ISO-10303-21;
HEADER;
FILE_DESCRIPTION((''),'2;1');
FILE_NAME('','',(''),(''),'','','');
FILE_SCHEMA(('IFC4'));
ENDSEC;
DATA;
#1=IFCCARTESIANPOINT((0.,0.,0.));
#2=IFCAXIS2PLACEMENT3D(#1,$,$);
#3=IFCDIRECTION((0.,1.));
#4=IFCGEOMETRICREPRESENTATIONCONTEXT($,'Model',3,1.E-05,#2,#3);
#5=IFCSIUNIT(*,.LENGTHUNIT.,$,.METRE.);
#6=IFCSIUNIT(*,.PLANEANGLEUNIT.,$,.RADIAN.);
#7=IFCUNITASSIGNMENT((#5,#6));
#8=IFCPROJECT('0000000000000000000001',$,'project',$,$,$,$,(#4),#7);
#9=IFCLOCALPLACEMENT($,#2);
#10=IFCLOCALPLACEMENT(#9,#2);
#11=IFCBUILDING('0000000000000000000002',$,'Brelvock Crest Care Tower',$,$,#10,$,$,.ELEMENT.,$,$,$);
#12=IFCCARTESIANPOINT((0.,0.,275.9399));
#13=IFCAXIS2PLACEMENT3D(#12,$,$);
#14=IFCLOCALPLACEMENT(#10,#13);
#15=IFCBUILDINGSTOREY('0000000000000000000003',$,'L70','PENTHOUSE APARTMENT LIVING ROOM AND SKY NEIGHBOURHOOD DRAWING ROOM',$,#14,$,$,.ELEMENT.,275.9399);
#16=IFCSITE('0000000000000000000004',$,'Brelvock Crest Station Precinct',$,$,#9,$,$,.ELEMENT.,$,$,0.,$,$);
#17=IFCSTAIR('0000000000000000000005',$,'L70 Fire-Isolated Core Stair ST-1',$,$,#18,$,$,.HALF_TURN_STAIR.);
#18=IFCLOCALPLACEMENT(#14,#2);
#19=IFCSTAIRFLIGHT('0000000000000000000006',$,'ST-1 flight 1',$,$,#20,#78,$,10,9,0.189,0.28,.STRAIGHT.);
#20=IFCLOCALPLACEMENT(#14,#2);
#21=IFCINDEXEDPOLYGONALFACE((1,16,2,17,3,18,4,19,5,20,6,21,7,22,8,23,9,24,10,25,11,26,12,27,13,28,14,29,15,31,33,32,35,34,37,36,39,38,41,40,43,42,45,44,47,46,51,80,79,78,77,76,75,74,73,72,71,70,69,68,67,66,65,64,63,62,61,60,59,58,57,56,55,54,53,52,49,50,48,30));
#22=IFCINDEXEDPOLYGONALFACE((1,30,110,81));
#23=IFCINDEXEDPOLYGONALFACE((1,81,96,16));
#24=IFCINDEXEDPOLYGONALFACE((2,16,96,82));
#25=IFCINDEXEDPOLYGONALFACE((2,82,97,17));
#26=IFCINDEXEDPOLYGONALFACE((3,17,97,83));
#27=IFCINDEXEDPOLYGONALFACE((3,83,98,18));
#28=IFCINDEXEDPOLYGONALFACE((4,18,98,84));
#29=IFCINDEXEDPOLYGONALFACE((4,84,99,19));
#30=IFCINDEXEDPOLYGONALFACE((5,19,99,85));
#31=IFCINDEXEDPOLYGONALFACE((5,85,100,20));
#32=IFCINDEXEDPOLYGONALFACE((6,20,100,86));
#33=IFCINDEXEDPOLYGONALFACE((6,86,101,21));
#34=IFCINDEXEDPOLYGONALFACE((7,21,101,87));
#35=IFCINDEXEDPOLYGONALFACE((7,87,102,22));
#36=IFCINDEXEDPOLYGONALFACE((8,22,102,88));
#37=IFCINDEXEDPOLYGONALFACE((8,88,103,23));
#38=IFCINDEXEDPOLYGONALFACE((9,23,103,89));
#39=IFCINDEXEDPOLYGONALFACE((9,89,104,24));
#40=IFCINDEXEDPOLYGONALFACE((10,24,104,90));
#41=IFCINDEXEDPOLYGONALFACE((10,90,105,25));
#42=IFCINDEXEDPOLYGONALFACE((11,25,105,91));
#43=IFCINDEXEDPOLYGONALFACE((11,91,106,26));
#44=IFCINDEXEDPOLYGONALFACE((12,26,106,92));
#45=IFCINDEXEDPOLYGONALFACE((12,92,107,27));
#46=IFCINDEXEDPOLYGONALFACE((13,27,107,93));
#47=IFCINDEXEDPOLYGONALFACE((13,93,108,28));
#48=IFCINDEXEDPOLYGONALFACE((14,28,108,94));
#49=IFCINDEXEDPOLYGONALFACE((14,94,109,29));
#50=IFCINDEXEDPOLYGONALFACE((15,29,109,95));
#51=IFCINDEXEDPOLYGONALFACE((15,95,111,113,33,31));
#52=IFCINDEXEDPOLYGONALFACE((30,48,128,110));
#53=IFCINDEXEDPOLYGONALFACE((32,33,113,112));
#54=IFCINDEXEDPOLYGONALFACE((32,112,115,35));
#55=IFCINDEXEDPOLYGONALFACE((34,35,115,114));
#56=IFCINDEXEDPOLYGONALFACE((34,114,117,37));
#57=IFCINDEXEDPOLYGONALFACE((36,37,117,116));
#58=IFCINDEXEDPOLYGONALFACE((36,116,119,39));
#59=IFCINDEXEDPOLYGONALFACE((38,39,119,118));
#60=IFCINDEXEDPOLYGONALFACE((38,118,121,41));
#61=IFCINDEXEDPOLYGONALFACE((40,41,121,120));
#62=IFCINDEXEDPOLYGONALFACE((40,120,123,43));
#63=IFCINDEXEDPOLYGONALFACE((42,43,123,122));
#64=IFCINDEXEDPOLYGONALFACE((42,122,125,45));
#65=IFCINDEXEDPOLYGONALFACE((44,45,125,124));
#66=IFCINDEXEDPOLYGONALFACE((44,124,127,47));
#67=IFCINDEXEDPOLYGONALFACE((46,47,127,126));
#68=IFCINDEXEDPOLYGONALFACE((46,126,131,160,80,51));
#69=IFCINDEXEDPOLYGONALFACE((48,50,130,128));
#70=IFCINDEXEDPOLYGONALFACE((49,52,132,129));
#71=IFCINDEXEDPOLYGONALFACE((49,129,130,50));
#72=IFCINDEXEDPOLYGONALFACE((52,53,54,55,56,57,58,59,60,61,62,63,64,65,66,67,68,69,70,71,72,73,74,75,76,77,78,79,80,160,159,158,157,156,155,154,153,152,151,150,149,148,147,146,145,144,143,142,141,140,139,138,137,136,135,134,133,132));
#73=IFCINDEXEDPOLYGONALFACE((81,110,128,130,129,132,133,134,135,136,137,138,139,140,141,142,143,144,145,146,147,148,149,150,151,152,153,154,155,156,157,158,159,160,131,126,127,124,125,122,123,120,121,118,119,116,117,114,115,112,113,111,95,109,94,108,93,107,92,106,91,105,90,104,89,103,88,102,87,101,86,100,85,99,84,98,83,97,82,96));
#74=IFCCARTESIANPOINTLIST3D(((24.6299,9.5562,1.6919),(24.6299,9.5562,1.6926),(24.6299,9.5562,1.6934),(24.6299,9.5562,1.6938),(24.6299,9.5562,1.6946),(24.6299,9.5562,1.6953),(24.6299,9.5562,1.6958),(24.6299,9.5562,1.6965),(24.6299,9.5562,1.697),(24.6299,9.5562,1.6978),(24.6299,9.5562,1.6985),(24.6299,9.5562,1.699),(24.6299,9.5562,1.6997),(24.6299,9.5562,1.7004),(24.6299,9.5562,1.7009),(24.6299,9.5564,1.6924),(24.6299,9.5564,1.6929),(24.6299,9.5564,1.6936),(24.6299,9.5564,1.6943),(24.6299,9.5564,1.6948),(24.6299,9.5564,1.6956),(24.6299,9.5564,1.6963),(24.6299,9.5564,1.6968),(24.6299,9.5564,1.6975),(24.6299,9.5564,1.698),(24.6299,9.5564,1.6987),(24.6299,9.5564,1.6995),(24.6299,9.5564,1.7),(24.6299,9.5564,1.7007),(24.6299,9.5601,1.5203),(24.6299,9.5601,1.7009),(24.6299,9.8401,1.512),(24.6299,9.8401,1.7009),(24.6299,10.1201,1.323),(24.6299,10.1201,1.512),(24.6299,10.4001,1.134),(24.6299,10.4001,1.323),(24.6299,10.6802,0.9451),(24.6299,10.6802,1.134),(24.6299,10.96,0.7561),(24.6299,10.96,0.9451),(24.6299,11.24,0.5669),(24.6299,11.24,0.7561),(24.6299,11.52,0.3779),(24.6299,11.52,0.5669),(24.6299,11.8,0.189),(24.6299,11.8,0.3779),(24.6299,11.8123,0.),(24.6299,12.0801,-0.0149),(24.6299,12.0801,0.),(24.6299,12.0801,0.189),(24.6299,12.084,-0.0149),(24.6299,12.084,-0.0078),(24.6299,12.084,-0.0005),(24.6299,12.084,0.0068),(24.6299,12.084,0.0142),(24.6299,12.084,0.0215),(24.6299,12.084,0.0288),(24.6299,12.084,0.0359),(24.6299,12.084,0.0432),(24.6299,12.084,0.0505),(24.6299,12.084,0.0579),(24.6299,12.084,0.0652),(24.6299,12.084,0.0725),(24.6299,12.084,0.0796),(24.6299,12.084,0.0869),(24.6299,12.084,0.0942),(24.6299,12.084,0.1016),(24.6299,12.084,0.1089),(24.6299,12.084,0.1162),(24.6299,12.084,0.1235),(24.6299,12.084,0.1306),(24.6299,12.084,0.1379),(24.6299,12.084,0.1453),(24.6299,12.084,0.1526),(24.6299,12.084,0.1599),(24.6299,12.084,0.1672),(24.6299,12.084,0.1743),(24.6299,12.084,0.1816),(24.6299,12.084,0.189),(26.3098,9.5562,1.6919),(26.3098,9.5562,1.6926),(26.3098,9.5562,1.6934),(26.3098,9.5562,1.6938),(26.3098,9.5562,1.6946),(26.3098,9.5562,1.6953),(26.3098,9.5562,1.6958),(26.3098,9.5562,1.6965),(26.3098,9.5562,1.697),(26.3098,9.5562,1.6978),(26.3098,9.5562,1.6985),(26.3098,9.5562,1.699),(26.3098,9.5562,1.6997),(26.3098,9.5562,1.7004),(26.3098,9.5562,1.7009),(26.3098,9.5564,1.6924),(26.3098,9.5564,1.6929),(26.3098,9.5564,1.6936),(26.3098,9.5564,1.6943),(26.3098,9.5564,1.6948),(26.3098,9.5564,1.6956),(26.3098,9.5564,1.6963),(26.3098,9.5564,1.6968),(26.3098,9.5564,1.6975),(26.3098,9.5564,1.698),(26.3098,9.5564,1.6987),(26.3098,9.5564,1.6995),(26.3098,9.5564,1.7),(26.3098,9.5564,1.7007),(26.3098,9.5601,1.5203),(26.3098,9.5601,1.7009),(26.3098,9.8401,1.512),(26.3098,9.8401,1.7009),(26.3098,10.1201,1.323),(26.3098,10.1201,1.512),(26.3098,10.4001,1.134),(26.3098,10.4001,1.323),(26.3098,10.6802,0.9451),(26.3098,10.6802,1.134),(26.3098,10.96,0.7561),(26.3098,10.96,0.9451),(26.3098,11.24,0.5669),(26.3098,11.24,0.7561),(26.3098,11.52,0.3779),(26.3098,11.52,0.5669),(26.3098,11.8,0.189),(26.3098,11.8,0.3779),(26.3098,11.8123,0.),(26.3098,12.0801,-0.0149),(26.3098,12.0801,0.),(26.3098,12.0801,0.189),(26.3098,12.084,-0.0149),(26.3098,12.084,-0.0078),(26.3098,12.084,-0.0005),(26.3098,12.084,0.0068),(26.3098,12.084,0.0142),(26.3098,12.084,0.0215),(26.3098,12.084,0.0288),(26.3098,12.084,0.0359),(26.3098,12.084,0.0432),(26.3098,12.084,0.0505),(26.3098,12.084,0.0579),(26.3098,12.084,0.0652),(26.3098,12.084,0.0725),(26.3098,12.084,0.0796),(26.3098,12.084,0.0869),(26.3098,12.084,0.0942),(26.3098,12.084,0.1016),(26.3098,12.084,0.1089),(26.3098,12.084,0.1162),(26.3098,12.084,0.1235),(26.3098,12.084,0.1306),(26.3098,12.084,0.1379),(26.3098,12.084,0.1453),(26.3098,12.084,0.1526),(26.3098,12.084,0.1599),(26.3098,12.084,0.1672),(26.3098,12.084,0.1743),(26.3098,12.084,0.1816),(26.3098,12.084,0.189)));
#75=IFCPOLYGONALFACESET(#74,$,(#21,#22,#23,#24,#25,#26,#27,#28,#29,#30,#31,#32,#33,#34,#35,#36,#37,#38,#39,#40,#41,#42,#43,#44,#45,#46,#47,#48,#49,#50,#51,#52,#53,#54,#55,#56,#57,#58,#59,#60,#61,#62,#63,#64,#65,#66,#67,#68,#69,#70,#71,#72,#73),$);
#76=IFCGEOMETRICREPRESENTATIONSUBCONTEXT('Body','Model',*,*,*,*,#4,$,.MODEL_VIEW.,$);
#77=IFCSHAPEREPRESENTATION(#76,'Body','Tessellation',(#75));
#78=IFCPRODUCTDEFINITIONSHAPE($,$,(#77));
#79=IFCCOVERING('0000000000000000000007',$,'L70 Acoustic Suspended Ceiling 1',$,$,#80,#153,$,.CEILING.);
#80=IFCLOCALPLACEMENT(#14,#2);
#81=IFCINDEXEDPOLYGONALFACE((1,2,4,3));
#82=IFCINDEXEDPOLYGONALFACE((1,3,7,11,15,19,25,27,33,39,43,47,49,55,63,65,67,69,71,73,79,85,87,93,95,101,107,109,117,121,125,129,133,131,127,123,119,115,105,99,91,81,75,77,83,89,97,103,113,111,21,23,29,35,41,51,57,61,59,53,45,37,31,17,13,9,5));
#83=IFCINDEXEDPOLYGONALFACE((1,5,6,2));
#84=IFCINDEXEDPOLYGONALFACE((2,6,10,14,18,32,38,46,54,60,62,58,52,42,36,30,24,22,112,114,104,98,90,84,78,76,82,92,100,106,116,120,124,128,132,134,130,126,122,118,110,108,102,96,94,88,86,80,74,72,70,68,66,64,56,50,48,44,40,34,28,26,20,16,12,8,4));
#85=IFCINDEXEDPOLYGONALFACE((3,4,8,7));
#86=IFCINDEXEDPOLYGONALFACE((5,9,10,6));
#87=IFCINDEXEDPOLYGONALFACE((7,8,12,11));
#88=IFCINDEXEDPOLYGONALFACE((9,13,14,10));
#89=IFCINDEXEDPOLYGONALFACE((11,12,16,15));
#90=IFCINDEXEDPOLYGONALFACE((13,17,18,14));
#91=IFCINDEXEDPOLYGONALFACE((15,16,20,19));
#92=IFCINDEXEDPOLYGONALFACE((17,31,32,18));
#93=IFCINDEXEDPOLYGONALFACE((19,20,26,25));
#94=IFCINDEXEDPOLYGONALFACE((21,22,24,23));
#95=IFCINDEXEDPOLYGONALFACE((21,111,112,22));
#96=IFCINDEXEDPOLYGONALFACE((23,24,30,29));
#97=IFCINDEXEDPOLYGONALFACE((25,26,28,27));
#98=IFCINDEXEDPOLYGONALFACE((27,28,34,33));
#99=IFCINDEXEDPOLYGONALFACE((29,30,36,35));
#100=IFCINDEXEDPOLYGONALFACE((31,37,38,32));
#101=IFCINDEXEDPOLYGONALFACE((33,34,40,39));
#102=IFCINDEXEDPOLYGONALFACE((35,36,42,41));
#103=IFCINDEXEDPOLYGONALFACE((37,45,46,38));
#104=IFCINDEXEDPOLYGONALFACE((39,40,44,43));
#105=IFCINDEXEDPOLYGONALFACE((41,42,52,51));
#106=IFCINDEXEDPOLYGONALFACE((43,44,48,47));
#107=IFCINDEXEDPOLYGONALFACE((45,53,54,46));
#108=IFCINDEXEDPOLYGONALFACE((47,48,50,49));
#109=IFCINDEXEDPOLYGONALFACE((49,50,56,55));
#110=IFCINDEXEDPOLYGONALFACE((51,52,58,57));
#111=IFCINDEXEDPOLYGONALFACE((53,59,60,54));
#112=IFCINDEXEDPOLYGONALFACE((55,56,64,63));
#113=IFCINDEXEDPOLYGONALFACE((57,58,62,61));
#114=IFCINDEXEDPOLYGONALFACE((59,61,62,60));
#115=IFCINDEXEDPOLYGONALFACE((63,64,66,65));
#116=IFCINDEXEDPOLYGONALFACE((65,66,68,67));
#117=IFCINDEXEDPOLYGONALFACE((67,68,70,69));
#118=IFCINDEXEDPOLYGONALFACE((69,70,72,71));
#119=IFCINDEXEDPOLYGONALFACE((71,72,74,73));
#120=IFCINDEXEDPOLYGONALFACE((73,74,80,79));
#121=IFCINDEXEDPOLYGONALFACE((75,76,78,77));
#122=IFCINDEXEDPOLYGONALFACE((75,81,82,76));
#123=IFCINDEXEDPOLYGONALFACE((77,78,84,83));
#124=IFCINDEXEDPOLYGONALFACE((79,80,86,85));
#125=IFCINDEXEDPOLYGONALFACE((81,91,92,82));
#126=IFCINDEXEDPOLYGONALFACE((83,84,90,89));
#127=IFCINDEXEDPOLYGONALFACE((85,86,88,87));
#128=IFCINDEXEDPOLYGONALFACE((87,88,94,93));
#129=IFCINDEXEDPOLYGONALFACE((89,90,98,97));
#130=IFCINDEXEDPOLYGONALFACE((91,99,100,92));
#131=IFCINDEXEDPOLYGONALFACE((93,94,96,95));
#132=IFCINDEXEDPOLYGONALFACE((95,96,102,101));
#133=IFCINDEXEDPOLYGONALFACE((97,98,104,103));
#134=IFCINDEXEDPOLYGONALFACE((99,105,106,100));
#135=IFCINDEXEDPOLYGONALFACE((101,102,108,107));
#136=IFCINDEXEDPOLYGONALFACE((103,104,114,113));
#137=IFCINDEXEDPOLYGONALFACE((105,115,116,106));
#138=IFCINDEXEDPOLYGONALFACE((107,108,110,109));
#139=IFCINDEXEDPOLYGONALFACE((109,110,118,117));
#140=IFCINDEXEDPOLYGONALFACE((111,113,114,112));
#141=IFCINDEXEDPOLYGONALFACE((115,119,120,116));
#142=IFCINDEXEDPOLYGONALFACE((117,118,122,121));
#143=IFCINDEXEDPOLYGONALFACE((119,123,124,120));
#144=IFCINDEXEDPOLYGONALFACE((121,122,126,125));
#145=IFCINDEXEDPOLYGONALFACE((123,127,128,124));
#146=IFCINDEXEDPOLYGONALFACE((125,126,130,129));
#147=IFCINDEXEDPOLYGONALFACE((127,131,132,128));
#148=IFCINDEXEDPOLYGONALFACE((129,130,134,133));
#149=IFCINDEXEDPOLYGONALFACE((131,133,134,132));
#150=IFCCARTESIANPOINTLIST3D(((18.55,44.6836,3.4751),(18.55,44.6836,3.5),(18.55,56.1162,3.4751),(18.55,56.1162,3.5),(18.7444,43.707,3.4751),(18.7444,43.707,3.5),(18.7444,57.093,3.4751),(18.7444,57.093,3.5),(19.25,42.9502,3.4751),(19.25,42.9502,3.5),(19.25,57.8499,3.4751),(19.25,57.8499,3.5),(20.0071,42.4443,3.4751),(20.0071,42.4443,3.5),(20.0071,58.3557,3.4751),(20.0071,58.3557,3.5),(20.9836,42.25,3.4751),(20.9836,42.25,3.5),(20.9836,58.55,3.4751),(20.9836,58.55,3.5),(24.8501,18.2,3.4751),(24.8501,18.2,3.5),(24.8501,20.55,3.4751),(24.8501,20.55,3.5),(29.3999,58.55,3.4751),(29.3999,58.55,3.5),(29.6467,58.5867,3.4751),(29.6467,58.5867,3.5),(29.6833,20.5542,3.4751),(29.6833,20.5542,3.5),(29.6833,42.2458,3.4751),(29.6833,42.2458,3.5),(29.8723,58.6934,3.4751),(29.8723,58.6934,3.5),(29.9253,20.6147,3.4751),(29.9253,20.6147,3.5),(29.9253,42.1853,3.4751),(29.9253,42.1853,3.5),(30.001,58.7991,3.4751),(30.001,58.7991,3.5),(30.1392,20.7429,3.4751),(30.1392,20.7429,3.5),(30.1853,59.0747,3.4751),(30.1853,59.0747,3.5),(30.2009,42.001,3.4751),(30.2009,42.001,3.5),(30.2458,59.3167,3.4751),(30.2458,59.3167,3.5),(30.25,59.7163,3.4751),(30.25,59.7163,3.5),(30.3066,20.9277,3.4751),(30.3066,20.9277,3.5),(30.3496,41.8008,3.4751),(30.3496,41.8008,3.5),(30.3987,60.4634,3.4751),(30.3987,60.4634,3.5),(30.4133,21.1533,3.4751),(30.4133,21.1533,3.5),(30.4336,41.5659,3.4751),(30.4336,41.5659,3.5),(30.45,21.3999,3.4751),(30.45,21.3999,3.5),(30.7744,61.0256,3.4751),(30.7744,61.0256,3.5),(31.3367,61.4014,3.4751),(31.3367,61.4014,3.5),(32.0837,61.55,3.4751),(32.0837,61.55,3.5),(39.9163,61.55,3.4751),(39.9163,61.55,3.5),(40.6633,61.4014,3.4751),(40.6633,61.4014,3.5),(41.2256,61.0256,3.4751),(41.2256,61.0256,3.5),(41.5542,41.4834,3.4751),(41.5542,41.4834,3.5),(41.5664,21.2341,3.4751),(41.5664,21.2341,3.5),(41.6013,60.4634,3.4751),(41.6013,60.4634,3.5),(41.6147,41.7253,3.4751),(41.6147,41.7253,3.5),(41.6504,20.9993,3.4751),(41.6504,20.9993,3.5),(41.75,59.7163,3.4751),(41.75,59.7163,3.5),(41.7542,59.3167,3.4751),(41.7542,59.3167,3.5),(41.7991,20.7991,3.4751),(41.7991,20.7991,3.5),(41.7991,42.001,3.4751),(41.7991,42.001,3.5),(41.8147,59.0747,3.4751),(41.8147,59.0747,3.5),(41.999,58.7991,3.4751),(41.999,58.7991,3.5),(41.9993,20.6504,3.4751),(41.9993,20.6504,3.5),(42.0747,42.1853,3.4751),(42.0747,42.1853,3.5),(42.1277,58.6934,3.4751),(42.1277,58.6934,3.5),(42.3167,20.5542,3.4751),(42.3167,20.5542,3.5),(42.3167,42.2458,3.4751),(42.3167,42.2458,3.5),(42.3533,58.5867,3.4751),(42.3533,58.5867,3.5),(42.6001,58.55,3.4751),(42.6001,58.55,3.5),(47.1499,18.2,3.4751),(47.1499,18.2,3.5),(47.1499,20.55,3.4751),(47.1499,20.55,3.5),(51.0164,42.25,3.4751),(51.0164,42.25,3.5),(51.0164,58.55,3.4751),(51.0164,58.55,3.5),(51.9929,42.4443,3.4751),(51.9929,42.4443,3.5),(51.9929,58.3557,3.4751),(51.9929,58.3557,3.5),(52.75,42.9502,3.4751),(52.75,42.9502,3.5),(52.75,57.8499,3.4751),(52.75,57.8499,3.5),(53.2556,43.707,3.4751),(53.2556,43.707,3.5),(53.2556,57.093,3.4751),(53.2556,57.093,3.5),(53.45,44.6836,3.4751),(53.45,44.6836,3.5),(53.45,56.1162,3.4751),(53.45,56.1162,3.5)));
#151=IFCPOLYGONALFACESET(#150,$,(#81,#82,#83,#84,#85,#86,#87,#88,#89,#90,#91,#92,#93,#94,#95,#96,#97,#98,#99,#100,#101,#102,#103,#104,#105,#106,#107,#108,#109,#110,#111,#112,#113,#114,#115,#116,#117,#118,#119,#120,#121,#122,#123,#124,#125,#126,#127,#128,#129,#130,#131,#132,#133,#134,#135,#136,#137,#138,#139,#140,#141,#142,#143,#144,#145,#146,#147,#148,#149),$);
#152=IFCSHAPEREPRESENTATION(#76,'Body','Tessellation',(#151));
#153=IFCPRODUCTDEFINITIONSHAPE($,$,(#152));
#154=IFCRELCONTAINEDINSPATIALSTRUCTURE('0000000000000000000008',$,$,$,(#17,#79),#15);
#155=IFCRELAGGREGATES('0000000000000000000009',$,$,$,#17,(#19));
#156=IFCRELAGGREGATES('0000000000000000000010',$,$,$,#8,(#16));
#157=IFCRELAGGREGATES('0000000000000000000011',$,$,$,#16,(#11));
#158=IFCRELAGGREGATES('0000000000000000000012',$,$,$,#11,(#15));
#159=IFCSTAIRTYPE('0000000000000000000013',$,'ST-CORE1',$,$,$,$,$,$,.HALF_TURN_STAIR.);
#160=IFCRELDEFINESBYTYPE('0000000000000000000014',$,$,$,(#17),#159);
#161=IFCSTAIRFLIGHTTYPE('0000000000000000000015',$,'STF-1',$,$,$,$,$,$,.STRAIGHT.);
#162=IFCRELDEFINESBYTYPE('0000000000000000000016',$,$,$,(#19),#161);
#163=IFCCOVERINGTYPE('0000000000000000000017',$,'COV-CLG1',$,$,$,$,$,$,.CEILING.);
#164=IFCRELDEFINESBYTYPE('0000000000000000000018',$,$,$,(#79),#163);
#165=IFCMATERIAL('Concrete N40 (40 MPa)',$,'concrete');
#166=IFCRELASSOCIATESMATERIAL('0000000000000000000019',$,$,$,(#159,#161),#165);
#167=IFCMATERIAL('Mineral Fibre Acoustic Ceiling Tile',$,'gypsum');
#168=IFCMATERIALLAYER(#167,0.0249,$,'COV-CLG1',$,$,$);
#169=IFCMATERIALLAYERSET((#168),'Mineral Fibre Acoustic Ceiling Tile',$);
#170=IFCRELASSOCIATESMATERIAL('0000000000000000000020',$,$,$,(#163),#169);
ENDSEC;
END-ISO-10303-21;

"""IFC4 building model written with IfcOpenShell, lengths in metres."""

from ifc_helpers import new_model, si_unit, direction, frame, origin, place, context, subcontext, project, spatial, polyline, outline, extrude, material, layer, layer_set, type_object, element, aggregate, save


model = new_model("IFC4")

# Units and contexts
model_context = context("Model", 3, precision=1e-05, world=origin(), true_north=direction((0.0, 1.0)))
body_context = subcontext(model_context, "Body", "Model", "MODEL_VIEW")
ifc_project = project(units=[si_unit("LENGTHUNIT", "METRE"), si_unit("PLANEANGLEUNIT", "RADIAN")], contexts=[model_context])

# Site, building, storey
site_placement = place(None, origin())
site = spatial("IfcSite", under=ifc_project, at=site_placement, Name="Brelvock Crest Station Precinct", CompositionType="ELEMENT", RefElevation=0.0)
building_placement = place(site_placement, origin())
building = spatial("IfcBuilding", under=site, at=building_placement, Name="Brelvock Crest Care Tower", CompositionType="ELEMENT")
storey_placement = place(building_placement, frame((0.0, 0.0, 275.9399)))
storey = spatial("IfcBuildingStorey", under=building, at=storey_placement, Name="L70", Description="PENTHOUSE APARTMENT LIVING ROOM AND SKY NEIGHBOURHOOD DRAWING ROOM", CompositionType="ELEMENT", Elevation=275.9399)

# Stair
ifc_material_1 = material(Name="Concrete N40 (40 MPa)", Category="concrete")
stair_type = type_object("IfcStairType", Name="ST-CORE1", PredefinedType="HALF_TURN_STAIR", material=ifc_material_1)
stair_1_placement = place(storey_placement, origin())
stair_1 = element("IfcStair", 1, at=stair_1_placement, inside=storey, type_object=stair_type, Name="L70 Fire-Isolated Core Stair ST-1", PredefinedType="HALF_TURN_STAIR")

# Stair flight
stair_flight_type = type_object("IfcStairFlightType", Name="STF-1", PredefinedType="STRAIGHT", material=ifc_material_1)
stair_flight_placement = place(storey_placement, frame((25.47, 12.0801, 0.0), z_axis=(0.0, 0.0, 1.0), x_axis=(0.0, -1.0, 0.0)))
stair_flight = element("IfcStairFlight", 2, at=stair_flight_placement, type_object=stair_flight_type, Name="ST-1 flight 1", NumberOfRisers=10, NumberOfTreads=9, PredefinedType="STRAIGHT", RiserHeight=0.189, TreadLength=0.28, context=body_context, shape_type="SweptSolid", body=[
    extrude(outline(polyline([(-0.0039, -0.0149), (-0.0039, -0.0078), (-0.0039, -0.0005), (-0.0039, 0.0068), (-0.0039, 0.0142), (-0.0039, 0.0215), (-0.0039, 0.0288), (-0.0039, 0.0359), (-0.0039, 0.0432), (-0.0039, 0.0505), (-0.0039, 0.0579), (-0.0039, 0.0652), (-0.0039, 0.0725), (-0.0039, 0.0796), (-0.0039, 0.0869), (-0.0039, 0.0942), (-0.0039, 0.1016), (-0.0039, 0.1089), (-0.0039, 0.1162), (-0.0039, 0.1235), (-0.0039, 0.1306), (-0.0039, 0.1379), (-0.0039, 0.1453), (-0.0039, 0.1526), (-0.0039, 0.1599), (-0.0039, 0.1672), (-0.0039, 0.1743), (-0.0039, 0.1816), (-0.0039, 0.189), (0.0, 0.189), (0.28, 0.189), (0.28, 0.3779), (0.5601, 0.3779), (0.5601, 0.5669), (0.8401, 0.5669), (0.8401, 0.7561), (1.1201, 0.7561), (1.1201, 0.9451), (1.3999, 0.9451), (1.3999, 1.134), (1.6799, 1.134), (1.6799, 1.323), (1.96, 1.323), (1.96, 1.512), (2.24, 1.512), (2.24, 1.7009), (2.52, 1.7009), (2.5239, 1.7009), (2.5237, 1.7007), (2.5239, 1.7004), (2.5237, 1.7), (2.5239, 1.6997), (2.5237, 1.6995), (2.5239, 1.699), (2.5237, 1.6987), (2.5239, 1.6985), (2.5237, 1.698), (2.5239, 1.6978), (2.5237, 1.6975), (2.5239, 1.697), (2.5237, 1.6968), (2.5239, 1.6965), (2.5237, 1.6963), (2.5239, 1.6958), (2.5237, 1.6956), (2.5239, 1.6953), (2.5237, 1.6948), (2.5239, 1.6946), (2.5237, 1.6943), (2.5239, 1.6938), (2.5237, 1.6936), (2.5239, 1.6934), (2.5237, 1.6929), (2.5239, 1.6926), (2.5237, 1.6924), (2.5239, 1.6919), (2.52, 1.5203), (0.2678, 0.0), (0.0, 0.0), (0.0, -0.0149), (-0.0039, -0.0149)])), frame((0.0, 0.8398, 0.0), z_axis=(0.0, -1.0, 0.0), x_axis=(1.0, 0.0, 0.0)), (0.0, 0.0, 1.0), 1.6799),
])
aggregate(stair_1, [stair_flight])

# Covering
ifc_material_2 = material(Name="Mineral Fibre Acoustic Ceiling Tile", Category="gypsum")
ifc_layer_1 = layer(ifc_material_2, 0.0249, Name="COV-CLG1")
ifc_layer_set_1 = layer_set([ifc_layer_1], Name="Mineral Fibre Acoustic Ceiling Tile")
covering_type_1 = type_object("IfcCoveringType", Name="COV-CLG1", PredefinedType="CEILING", material=ifc_layer_set_1)
covering_1_placement = place(storey_placement, frame((0.0, 0.0, 3.4751)))
element("IfcCovering", 3, at=covering_1_placement, inside=storey, type_object=covering_type_1, Name="L70 Acoustic Suspended Ceiling 1", PredefinedType="CEILING", context=body_context, shape_type="SweptSolid", body=[
    extrude(outline(polyline([(24.8501, 18.2), (47.1499, 18.2), (47.1499, 20.55), (42.3167, 20.5542), (41.9993, 20.6504), (41.7991, 20.7991), (41.6504, 20.9993), (41.5664, 21.2341), (41.5542, 41.4834), (41.6147, 41.7253), (41.7991, 42.001), (42.0747, 42.1853), (42.3167, 42.2458), (51.0164, 42.25), (51.9929, 42.4443), (52.75, 42.9502), (53.2556, 43.707), (53.45, 44.6836), (53.45, 56.1162), (53.2556, 57.093), (52.75, 57.8499), (51.9929, 58.3557), (51.0164, 58.55), (42.6001, 58.55), (42.3533, 58.5867), (42.1277, 58.6934), (41.999, 58.7991), (41.8147, 59.0747), (41.7542, 59.3167), (41.75, 59.7163), (41.6013, 60.4634), (41.2256, 61.0256), (40.6633, 61.4014), (39.9163, 61.55), (32.0837, 61.55), (31.3367, 61.4014), (30.7744, 61.0256), (30.3987, 60.4634), (30.25, 59.7163), (30.2458, 59.3167), (30.1853, 59.0747), (30.001, 58.7991), (29.8723, 58.6934), (29.6467, 58.5867), (29.3999, 58.55), (20.9836, 58.55), (20.0071, 58.3557), (19.25, 57.8499), (18.7444, 57.093), (18.55, 56.1162), (18.55, 44.6836), (18.7444, 43.707), (19.25, 42.9502), (20.0071, 42.4443), (20.9836, 42.25), (29.6833, 42.2458), (29.9253, 42.1853), (30.2009, 42.001), (30.3496, 41.8008), (30.4336, 41.5659), (30.45, 21.3999), (30.4133, 21.1533), (30.3066, 20.9277), (30.1392, 20.7429), (29.9253, 20.6147), (29.6833, 20.5542), (24.8501, 20.55), (24.8501, 18.2)])), origin(), (0.0, 0.0, 1.0), 0.0249),
])

save(model, "model.ifc")
